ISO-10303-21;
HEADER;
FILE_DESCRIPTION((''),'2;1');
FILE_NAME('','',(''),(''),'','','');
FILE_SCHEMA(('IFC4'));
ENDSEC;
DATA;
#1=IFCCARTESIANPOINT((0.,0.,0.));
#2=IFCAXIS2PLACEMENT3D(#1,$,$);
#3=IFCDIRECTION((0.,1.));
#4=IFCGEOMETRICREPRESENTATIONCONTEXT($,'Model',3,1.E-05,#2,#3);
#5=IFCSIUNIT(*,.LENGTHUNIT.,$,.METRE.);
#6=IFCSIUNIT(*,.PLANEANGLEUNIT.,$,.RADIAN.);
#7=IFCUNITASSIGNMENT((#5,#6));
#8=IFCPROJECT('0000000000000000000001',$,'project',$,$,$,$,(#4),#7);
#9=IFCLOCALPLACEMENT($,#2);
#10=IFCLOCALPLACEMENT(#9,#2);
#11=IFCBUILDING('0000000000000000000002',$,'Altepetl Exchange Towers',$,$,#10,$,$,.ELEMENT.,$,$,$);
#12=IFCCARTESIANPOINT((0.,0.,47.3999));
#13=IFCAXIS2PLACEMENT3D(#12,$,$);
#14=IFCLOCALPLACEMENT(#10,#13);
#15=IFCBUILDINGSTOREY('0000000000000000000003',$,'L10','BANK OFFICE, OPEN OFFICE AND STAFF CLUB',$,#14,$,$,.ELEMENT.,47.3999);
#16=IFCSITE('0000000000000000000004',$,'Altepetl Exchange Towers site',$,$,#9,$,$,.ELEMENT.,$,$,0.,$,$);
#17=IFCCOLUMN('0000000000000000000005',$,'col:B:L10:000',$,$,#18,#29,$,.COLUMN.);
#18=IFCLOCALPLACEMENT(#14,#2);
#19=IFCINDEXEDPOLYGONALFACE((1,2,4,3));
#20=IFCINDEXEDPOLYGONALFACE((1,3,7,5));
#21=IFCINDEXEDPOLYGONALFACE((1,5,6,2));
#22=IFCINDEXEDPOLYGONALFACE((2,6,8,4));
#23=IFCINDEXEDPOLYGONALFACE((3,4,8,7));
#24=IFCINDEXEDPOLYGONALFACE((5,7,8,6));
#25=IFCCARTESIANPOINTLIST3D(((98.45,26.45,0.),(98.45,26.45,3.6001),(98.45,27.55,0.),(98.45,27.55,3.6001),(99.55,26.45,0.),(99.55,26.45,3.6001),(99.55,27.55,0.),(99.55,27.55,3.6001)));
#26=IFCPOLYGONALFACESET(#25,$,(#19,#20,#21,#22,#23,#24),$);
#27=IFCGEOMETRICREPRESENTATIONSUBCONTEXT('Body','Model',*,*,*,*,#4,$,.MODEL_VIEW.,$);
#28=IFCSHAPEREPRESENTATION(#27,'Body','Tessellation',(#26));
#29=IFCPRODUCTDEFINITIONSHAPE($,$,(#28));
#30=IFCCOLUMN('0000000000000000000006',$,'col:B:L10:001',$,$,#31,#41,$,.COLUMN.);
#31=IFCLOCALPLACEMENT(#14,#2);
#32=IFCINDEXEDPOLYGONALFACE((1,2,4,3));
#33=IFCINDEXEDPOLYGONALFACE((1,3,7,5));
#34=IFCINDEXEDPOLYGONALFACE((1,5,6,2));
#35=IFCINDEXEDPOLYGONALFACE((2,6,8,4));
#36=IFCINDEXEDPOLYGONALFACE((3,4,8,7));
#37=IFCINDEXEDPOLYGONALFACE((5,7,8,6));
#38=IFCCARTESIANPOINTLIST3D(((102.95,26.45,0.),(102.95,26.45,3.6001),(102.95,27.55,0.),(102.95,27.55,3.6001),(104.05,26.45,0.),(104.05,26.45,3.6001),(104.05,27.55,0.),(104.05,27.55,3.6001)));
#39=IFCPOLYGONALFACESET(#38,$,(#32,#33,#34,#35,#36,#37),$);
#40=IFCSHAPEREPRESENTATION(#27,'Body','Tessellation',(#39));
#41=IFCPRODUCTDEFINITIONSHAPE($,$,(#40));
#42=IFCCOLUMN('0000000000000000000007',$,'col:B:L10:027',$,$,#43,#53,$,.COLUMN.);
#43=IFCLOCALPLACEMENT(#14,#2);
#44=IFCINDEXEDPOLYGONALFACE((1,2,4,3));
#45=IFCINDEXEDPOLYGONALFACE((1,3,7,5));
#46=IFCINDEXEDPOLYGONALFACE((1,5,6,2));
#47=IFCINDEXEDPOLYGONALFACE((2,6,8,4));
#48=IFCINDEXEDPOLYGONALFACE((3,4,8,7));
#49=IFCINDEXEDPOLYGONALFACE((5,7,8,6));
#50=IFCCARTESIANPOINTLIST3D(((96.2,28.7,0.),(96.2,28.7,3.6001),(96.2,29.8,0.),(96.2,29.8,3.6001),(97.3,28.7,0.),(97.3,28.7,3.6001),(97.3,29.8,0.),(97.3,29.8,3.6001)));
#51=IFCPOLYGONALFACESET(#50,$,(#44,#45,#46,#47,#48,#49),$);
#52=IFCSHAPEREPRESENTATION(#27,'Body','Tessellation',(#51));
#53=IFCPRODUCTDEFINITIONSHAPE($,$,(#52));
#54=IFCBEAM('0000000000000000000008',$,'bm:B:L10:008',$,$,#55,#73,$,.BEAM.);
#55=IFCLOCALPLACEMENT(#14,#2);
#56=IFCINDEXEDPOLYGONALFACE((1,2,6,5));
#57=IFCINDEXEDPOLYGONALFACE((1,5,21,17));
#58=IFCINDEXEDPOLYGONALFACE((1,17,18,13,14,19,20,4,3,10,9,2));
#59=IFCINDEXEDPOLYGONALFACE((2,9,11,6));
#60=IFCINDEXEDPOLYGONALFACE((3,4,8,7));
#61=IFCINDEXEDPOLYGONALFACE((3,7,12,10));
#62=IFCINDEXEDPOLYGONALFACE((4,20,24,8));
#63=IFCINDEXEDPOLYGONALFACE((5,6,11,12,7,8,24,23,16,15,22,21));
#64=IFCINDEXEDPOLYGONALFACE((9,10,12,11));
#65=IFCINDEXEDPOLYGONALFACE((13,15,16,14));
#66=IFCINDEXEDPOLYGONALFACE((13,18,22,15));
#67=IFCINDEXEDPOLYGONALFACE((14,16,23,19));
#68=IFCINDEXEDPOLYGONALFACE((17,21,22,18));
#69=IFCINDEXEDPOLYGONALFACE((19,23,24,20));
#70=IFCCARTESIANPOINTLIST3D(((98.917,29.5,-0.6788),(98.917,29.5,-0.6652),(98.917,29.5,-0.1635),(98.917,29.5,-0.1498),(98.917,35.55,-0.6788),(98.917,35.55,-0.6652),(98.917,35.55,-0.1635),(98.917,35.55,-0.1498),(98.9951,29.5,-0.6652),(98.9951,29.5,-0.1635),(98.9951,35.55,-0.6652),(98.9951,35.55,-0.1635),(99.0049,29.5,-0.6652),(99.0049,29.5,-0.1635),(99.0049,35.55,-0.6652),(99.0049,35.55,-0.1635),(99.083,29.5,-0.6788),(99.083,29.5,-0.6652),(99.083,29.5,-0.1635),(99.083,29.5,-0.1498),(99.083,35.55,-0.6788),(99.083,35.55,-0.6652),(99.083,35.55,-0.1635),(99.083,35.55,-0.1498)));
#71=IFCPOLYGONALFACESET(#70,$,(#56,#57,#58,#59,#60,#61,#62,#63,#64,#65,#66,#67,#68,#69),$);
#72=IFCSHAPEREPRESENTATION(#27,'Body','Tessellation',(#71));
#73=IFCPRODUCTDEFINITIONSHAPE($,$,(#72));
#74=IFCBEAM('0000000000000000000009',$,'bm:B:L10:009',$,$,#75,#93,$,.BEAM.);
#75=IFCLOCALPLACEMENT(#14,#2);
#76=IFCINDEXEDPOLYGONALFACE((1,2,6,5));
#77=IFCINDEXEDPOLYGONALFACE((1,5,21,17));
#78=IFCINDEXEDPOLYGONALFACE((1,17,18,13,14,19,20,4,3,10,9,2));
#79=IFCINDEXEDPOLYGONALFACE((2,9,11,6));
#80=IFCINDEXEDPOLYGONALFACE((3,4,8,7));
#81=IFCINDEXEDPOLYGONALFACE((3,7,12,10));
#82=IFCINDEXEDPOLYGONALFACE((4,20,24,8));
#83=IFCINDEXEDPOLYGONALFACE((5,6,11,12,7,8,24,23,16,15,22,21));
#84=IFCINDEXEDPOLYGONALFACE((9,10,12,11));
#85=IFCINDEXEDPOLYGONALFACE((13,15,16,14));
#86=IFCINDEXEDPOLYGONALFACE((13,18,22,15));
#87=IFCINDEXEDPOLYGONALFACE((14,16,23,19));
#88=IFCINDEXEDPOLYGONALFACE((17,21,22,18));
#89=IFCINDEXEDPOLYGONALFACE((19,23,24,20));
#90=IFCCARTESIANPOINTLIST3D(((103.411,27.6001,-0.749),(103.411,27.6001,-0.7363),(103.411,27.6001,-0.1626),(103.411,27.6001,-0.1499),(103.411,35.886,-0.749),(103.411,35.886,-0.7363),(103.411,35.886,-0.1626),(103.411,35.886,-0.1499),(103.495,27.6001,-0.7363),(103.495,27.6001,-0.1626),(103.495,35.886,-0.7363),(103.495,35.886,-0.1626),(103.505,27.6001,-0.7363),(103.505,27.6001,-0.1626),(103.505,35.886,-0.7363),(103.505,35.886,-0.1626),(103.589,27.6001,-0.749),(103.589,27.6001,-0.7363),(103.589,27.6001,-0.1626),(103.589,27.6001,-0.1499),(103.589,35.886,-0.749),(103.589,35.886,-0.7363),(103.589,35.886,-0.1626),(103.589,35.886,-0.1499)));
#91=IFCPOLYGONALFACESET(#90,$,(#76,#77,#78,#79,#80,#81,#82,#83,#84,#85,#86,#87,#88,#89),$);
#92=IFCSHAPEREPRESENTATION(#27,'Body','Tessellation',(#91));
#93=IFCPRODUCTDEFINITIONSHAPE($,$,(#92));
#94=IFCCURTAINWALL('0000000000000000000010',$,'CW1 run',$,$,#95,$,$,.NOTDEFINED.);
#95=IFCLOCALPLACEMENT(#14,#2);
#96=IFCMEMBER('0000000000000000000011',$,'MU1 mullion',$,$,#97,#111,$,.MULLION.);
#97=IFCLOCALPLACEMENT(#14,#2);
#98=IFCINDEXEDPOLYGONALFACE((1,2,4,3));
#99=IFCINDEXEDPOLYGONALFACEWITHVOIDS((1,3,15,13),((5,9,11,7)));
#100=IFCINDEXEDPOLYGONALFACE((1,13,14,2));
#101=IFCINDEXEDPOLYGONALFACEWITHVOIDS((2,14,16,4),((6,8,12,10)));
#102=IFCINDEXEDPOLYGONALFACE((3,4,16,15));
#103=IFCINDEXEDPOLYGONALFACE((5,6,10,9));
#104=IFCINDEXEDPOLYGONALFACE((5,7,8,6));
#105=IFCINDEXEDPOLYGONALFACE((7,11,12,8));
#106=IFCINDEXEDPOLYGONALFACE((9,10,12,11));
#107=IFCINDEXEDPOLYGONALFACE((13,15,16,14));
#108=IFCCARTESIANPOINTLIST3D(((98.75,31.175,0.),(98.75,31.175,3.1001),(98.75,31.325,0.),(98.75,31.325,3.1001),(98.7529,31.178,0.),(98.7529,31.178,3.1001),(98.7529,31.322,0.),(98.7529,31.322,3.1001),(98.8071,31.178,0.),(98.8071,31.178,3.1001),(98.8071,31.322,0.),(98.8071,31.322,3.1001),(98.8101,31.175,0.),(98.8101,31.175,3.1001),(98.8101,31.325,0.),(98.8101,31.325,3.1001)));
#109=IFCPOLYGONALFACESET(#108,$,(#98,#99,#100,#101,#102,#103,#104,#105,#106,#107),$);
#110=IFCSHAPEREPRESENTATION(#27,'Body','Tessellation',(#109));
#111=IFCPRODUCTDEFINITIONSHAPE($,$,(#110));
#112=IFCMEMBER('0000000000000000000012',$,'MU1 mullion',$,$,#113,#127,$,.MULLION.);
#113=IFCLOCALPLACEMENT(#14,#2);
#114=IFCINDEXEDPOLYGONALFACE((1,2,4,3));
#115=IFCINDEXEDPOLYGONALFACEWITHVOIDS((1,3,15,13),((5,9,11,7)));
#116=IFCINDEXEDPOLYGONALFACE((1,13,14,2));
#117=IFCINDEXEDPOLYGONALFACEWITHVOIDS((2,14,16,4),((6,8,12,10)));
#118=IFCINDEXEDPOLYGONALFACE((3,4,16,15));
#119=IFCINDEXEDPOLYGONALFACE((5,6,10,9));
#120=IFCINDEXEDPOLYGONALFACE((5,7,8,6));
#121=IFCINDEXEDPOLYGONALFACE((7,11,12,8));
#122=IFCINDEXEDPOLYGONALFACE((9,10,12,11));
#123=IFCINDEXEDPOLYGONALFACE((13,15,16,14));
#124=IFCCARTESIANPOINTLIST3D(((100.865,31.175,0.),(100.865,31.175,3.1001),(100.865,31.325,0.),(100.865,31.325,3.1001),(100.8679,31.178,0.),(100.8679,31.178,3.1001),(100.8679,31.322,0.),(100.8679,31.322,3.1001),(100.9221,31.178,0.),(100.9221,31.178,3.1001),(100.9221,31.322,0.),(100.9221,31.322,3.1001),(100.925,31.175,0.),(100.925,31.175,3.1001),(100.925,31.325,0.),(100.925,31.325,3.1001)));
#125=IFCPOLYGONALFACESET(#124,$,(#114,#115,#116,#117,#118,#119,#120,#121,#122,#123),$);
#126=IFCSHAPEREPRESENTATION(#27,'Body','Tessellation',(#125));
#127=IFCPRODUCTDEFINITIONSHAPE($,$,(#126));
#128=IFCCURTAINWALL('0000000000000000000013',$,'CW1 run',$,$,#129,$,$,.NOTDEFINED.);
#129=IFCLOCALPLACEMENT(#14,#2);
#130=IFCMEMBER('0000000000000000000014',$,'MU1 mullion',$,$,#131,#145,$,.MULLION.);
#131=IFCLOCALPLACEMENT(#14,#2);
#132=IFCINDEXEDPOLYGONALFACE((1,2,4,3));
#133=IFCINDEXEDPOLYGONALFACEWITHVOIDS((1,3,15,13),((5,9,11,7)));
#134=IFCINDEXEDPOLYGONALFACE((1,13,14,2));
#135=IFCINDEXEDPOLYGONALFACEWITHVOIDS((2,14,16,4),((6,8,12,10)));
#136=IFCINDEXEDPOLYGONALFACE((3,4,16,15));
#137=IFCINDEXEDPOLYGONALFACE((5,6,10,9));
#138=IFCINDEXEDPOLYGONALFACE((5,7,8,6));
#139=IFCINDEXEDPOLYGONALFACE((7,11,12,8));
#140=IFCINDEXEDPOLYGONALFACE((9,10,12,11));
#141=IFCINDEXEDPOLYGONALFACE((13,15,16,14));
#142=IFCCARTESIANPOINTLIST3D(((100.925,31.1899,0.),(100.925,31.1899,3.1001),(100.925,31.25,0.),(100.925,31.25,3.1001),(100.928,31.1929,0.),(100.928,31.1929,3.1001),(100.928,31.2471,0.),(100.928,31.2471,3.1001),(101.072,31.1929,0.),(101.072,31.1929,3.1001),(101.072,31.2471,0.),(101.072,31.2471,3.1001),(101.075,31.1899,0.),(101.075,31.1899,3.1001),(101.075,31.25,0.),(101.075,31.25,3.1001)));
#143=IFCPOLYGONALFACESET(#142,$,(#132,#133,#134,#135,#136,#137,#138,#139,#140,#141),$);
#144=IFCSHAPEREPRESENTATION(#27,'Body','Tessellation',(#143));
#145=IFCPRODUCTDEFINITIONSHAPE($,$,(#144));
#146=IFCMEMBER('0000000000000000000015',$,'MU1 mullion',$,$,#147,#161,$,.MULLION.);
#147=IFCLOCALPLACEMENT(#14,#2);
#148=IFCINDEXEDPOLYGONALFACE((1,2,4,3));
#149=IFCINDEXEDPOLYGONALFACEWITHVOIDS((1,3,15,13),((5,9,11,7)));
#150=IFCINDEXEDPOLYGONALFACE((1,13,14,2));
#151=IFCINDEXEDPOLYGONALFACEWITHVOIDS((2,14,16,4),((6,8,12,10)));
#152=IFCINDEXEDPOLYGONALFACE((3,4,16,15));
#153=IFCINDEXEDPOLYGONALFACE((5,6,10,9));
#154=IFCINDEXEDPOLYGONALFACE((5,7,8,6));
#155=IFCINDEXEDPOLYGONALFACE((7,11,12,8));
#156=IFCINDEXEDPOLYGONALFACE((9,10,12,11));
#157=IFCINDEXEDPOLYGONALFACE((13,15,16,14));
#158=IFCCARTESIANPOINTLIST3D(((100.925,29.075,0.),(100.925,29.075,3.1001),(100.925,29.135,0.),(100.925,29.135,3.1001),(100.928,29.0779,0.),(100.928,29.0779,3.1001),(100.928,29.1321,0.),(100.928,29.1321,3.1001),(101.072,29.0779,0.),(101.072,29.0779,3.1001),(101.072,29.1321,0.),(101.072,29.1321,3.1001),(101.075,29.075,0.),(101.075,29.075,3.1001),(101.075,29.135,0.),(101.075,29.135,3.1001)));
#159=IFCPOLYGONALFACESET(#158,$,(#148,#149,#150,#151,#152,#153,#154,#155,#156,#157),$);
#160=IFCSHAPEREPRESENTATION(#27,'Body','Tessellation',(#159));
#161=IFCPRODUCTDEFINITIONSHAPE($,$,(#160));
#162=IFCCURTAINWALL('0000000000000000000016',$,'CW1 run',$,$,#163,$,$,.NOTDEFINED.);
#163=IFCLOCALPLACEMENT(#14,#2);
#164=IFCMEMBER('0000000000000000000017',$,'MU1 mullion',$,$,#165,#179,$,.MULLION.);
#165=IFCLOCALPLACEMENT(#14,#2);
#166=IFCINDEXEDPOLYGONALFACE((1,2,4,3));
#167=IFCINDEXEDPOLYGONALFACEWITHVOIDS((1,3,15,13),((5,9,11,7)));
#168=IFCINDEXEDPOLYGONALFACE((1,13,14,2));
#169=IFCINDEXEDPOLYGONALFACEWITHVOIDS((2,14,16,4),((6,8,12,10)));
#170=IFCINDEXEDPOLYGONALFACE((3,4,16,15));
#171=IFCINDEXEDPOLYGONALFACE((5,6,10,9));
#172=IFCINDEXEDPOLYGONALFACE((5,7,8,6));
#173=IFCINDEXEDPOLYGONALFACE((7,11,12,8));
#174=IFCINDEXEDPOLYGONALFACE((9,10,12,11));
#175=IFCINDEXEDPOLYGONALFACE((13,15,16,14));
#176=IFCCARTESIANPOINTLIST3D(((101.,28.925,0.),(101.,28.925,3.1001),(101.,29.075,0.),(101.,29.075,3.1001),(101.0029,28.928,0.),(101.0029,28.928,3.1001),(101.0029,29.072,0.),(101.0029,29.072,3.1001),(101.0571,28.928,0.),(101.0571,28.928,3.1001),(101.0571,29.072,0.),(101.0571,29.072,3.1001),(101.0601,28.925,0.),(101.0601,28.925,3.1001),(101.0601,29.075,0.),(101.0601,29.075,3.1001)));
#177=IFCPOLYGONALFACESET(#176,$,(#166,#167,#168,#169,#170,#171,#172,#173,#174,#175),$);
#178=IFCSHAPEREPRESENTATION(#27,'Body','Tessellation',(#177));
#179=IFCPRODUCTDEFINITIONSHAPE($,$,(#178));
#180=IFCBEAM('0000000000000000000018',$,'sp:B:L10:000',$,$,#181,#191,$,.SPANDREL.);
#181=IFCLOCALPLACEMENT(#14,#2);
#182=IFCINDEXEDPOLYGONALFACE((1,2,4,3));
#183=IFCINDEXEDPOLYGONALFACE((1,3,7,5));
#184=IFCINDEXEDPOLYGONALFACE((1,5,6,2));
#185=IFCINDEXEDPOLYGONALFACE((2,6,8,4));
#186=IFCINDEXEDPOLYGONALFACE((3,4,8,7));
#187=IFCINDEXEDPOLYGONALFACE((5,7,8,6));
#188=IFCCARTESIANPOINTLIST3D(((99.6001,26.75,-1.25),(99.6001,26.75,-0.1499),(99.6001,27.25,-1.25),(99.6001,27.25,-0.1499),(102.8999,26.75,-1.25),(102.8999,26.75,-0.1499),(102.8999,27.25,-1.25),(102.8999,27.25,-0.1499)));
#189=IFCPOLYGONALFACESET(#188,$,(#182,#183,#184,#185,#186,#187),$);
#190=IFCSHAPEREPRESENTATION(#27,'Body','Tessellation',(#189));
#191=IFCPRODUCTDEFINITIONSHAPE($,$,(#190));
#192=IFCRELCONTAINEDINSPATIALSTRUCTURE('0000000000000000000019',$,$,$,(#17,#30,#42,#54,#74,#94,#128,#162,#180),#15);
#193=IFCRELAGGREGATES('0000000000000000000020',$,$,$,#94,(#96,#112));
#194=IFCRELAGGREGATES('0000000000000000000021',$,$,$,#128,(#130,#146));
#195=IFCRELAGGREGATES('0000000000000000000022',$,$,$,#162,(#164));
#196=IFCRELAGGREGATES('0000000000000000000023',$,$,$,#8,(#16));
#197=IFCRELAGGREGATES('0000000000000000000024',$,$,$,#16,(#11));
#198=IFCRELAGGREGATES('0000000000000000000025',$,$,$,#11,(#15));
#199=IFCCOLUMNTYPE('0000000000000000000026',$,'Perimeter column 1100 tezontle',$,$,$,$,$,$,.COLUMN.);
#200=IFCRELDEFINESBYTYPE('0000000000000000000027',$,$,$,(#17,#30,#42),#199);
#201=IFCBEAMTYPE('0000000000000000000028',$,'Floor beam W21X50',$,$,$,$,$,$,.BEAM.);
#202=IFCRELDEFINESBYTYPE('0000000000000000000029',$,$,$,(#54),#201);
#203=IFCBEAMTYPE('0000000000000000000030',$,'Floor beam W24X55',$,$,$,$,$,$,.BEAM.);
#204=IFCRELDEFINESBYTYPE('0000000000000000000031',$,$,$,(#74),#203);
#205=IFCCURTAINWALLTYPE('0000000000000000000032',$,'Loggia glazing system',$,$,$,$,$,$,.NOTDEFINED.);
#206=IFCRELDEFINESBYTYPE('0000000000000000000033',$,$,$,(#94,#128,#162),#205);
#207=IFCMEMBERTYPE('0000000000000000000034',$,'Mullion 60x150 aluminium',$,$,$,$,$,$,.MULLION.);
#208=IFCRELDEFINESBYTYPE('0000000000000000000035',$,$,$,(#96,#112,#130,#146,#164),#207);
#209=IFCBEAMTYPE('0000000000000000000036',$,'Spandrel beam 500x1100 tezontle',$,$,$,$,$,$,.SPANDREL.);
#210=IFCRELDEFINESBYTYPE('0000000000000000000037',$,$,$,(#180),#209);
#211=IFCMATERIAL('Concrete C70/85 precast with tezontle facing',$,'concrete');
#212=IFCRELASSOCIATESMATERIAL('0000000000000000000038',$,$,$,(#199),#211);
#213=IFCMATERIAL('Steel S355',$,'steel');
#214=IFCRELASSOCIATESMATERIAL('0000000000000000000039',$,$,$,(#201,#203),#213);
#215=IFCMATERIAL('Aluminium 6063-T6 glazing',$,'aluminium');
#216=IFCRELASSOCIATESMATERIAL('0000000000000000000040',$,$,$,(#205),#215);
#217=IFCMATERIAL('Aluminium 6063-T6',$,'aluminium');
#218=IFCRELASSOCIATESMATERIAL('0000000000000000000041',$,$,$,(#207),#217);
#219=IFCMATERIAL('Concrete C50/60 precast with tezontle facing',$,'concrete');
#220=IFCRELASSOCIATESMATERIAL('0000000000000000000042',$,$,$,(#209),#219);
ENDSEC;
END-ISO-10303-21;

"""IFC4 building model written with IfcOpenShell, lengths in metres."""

from ifc_helpers import new_model, si_unit, direction, frame, origin, origin_2d, place, context, subcontext, project, spatial, rectangle, hollow_rectangle, i_section, extrude, material, material_profile, profile_set, type_object, element, aggregate, save


model = new_model("IFC4")

# Units and contexts
model_context = context("Model", 3, precision=1e-05, world=origin(), true_north=direction((0.0, 1.0)))
body_context = subcontext(model_context, "Body", "Model", "MODEL_VIEW")
ifc_project = project(units=[si_unit("LENGTHUNIT", "METRE"), si_unit("PLANEANGLEUNIT", "RADIAN")], contexts=[model_context])

# Site, building, storey
site_placement = place(None, origin())
site = spatial("IfcSite", under=ifc_project, at=site_placement, Name="Altepetl Exchange Towers site", CompositionType="ELEMENT", RefElevation=0.0)
building_placement = place(site_placement, origin())
building = spatial("IfcBuilding", under=site, at=building_placement, Name="Altepetl Exchange Towers", CompositionType="ELEMENT")
storey_placement = place(building_placement, frame((0.0, 0.0, 47.3999)))
storey = spatial("IfcBuildingStorey", under=building, at=storey_placement, Name="L10", Description="BANK OFFICE, OPEN OFFICE AND STAFF CLUB", CompositionType="ELEMENT", Elevation=47.3999)

# Columns
ifc_material_1 = material(Name="Concrete C70/85 precast with tezontle facing", Category="concrete")
ifc_material_profile_1 = material_profile(ifc_material_1, rectangle(XDim=1.1001, YDim=1.1001, at=origin_2d()), Name="1100 x 1100")
ifc_profile_set_1 = profile_set([ifc_material_profile_1], Name="Concrete C70/85 precast with tezontle facing")
column_type = type_object("IfcColumnType", Name="Perimeter column 1100 tezontle", PredefinedType="COLUMN", material=ifc_profile_set_1)
for number, where, name in (
    (1, (99.0, 27.0, 0.0), "col:B:L10:000"),
    (2, (103.5, 27.0, 0.0), "col:B:L10:001"),
    (3, (96.75, 29.25, 0.0), "col:B:L10:027"),
):
    element("IfcColumn", number, at=place(storey_placement, frame(where)), inside=storey, type_object=column_type, Name=name, PredefinedType="COLUMN", context=body_context, shape_type="SweptSolid", body=[
        extrude(rectangle(XDim=1.1001, YDim=1.1001, at=origin_2d()), origin(), (0.0, 0.0, 1.0), 3.6001),
    ])

# Beams
ifc_material_2 = material(Name="Steel S355", Category="steel")
ifc_material_profile_2 = material_profile(ifc_material_2, i_section(OverallWidth=0.166, OverallDepth=0.5291, WebThickness=0.0098, FlangeThickness=0.0137, at=origin_2d()), Name="W21X50")
ifc_profile_set_2 = profile_set([ifc_material_profile_2], Name="Steel S355")
beam_type_1 = type_object("IfcBeamType", Name="Floor beam W21X50", PredefinedType="BEAM", material=ifc_profile_set_2)
beam_1_placement = place(storey_placement, frame((99.0, 29.5, -0.4143), z_axis=(0.0, 1.0, 0.0), x_axis=(-1.0, 0.0, 0.0)))
element("IfcBeam", 4, at=beam_1_placement, inside=storey, type_object=beam_type_1, Name="bm:B:L10:008", PredefinedType="BEAM", context=body_context, shape_type="SweptSolid", body=[
    extrude(i_section(OverallWidth=0.166, OverallDepth=0.5291, WebThickness=0.0098, FlangeThickness=0.0137, at=origin_2d()), origin(), (0.0, 0.0, 1.0), 6.05),
])
ifc_material_profile_3 = material_profile(ifc_material_2, i_section(OverallWidth=0.178, OverallDepth=0.5991, WebThickness=0.01, FlangeThickness=0.0127, at=origin_2d()), Name="W24X55")
ifc_profile_set_3 = profile_set([ifc_material_profile_3], Name="Steel S355")
beam_type_2 = type_object("IfcBeamType", Name="Floor beam W24X55", PredefinedType="BEAM", material=ifc_profile_set_3)
beam_2_placement = place(storey_placement, frame((103.5, 27.6001, -0.4495), z_axis=(0.0, 1.0, 0.0), x_axis=(-1.0, 0.0, 0.0)))
element("IfcBeam", 5, at=beam_2_placement, inside=storey, type_object=beam_type_2, Name="bm:B:L10:009", PredefinedType="BEAM", context=body_context, shape_type="SweptSolid", body=[
    extrude(i_section(OverallWidth=0.178, OverallDepth=0.5991, WebThickness=0.01, FlangeThickness=0.0127, at=origin_2d()), origin(), (0.0, 0.0, 1.0), 8.2859),
])

# Curtain walls, members
ifc_material_3 = material(Name="Aluminium 6063-T6 glazing", Category="aluminium")
curtain_wall_type = type_object("IfcCurtainWallType", Name="Loggia glazing system", PredefinedType="NOTDEFINED", material=ifc_material_3)
curtain_wall_1_placement = place(storey_placement, origin())
curtain_wall_1 = element("IfcCurtainWall", 6, at=curtain_wall_1_placement, inside=storey, type_object=curtain_wall_type, Name="CW1 run", PredefinedType="NOTDEFINED")
ifc_material_4 = material(Name="Aluminium 6063-T6", Category="aluminium")
ifc_material_profile_4 = material_profile(ifc_material_4, hollow_rectangle(XDim=0.0601, YDim=0.1499, WallThickness=0.0029, at=origin_2d()), Name="Mullion 60x150 aluminium")
ifc_profile_set_4 = profile_set([ifc_material_profile_4], Name="Aluminium 6063-T6")
member_type = type_object("IfcMemberType", Name="Mullion 60x150 aluminium", PredefinedType="MULLION", material=ifc_profile_set_4)
member_1_placement = place(storey_placement, frame((98.78, 31.25, 0.0)))
member_1 = element("IfcMember", 7, at=member_1_placement, type_object=member_type, Name="MU1 mullion", PredefinedType="MULLION", context=body_context, shape_type="SweptSolid", body=[
    extrude(hollow_rectangle(XDim=0.0601, YDim=0.1499, WallThickness=0.0029, at=origin_2d()), origin(), (0.0, 0.0, 1.0), 3.1001),
])
member_2_placement = place(storey_placement, frame((100.895, 31.25, 0.0)))
member_2 = element("IfcMember", 8, at=member_2_placement, type_object=member_type, Name="MU1 mullion", PredefinedType="MULLION", context=body_context, shape_type="SweptSolid", body=[
    extrude(hollow_rectangle(XDim=0.0601, YDim=0.1499, WallThickness=0.0029, at=origin_2d()), origin(), (0.0, 0.0, 1.0), 3.1001),
])
curtain_wall_2_placement = place(storey_placement, origin())
curtain_wall_2 = element("IfcCurtainWall", 9, at=curtain_wall_2_placement, inside=storey, type_object=curtain_wall_type, Name="CW1 run", PredefinedType="NOTDEFINED")
member_3_placement = place(storey_placement, frame((101.0, 31.22, 0.0), z_axis=(0.0, 0.0, 1.0), x_axis=(0.0, -1.0, 0.0)))
member_3 = element("IfcMember", 10, at=member_3_placement, type_object=member_type, Name="MU1 mullion", PredefinedType="MULLION", context=body_context, shape_type="SweptSolid", body=[
    extrude(hollow_rectangle(XDim=0.0601, YDim=0.1499, WallThickness=0.0029, at=origin_2d()), origin(), (0.0, 0.0, 1.0), 3.1001),
])
member_4_placement = place(storey_placement, frame((101.0, 29.105, 0.0), z_axis=(0.0, 0.0, 1.0), x_axis=(0.0, -1.0, 0.0)))
member_4 = element("IfcMember", 11, at=member_4_placement, type_object=member_type, Name="MU1 mullion", PredefinedType="MULLION", context=body_context, shape_type="SweptSolid", body=[
    extrude(hollow_rectangle(XDim=0.0601, YDim=0.1499, WallThickness=0.0029, at=origin_2d()), origin(), (0.0, 0.0, 1.0), 3.1001),
])

# Curtain wall, member
curtain_wall_3_placement = place(storey_placement, origin())
curtain_wall_3 = element("IfcCurtainWall", 12, at=curtain_wall_3_placement, inside=storey, type_object=curtain_wall_type, Name="CW1 run", PredefinedType="NOTDEFINED")
member_5_placement = place(storey_placement, frame((101.03, 29.0, 0.0)))
member_5 = element("IfcMember", 13, at=member_5_placement, type_object=member_type, Name="MU1 mullion", PredefinedType="MULLION", context=body_context, shape_type="SweptSolid", body=[
    extrude(hollow_rectangle(XDim=0.0601, YDim=0.1499, WallThickness=0.0029, at=origin_2d()), origin(), (0.0, 0.0, 1.0), 3.1001),
])

# Beam
ifc_material_5 = material(Name="Concrete C50/60 precast with tezontle facing", Category="concrete")
ifc_material_profile_5 = material_profile(ifc_material_5, rectangle(XDim=0.5, YDim=1.1001, at=origin_2d()), Name="500 x 1100")
ifc_profile_set_5 = profile_set([ifc_material_profile_5], Name="Concrete C50/60 precast with tezontle facing")
beam_type_3 = type_object("IfcBeamType", Name="Spandrel beam 500x1100 tezontle", PredefinedType="SPANDREL", material=ifc_profile_set_5)
beam_3_placement = place(storey_placement, frame((99.6001, 27.0, -0.7), z_axis=(1.0, 0.0, 0.0), x_axis=(0.0, 1.0, 0.0)))
element("IfcBeam", 14, at=beam_3_placement, inside=storey, type_object=beam_type_3, Name="sp:B:L10:000", PredefinedType="SPANDREL", context=body_context, shape_type="SweptSolid", body=[
    extrude(rectangle(XDim=0.5, YDim=1.1001, at=origin_2d()), origin(), (0.0, 0.0, 1.0), 3.2998),
])

aggregate(curtain_wall_1, [member_1, member_2])
aggregate(curtain_wall_2, [member_3, member_4])
aggregate(curtain_wall_3, [member_5])

save(model, "model.ifc")
